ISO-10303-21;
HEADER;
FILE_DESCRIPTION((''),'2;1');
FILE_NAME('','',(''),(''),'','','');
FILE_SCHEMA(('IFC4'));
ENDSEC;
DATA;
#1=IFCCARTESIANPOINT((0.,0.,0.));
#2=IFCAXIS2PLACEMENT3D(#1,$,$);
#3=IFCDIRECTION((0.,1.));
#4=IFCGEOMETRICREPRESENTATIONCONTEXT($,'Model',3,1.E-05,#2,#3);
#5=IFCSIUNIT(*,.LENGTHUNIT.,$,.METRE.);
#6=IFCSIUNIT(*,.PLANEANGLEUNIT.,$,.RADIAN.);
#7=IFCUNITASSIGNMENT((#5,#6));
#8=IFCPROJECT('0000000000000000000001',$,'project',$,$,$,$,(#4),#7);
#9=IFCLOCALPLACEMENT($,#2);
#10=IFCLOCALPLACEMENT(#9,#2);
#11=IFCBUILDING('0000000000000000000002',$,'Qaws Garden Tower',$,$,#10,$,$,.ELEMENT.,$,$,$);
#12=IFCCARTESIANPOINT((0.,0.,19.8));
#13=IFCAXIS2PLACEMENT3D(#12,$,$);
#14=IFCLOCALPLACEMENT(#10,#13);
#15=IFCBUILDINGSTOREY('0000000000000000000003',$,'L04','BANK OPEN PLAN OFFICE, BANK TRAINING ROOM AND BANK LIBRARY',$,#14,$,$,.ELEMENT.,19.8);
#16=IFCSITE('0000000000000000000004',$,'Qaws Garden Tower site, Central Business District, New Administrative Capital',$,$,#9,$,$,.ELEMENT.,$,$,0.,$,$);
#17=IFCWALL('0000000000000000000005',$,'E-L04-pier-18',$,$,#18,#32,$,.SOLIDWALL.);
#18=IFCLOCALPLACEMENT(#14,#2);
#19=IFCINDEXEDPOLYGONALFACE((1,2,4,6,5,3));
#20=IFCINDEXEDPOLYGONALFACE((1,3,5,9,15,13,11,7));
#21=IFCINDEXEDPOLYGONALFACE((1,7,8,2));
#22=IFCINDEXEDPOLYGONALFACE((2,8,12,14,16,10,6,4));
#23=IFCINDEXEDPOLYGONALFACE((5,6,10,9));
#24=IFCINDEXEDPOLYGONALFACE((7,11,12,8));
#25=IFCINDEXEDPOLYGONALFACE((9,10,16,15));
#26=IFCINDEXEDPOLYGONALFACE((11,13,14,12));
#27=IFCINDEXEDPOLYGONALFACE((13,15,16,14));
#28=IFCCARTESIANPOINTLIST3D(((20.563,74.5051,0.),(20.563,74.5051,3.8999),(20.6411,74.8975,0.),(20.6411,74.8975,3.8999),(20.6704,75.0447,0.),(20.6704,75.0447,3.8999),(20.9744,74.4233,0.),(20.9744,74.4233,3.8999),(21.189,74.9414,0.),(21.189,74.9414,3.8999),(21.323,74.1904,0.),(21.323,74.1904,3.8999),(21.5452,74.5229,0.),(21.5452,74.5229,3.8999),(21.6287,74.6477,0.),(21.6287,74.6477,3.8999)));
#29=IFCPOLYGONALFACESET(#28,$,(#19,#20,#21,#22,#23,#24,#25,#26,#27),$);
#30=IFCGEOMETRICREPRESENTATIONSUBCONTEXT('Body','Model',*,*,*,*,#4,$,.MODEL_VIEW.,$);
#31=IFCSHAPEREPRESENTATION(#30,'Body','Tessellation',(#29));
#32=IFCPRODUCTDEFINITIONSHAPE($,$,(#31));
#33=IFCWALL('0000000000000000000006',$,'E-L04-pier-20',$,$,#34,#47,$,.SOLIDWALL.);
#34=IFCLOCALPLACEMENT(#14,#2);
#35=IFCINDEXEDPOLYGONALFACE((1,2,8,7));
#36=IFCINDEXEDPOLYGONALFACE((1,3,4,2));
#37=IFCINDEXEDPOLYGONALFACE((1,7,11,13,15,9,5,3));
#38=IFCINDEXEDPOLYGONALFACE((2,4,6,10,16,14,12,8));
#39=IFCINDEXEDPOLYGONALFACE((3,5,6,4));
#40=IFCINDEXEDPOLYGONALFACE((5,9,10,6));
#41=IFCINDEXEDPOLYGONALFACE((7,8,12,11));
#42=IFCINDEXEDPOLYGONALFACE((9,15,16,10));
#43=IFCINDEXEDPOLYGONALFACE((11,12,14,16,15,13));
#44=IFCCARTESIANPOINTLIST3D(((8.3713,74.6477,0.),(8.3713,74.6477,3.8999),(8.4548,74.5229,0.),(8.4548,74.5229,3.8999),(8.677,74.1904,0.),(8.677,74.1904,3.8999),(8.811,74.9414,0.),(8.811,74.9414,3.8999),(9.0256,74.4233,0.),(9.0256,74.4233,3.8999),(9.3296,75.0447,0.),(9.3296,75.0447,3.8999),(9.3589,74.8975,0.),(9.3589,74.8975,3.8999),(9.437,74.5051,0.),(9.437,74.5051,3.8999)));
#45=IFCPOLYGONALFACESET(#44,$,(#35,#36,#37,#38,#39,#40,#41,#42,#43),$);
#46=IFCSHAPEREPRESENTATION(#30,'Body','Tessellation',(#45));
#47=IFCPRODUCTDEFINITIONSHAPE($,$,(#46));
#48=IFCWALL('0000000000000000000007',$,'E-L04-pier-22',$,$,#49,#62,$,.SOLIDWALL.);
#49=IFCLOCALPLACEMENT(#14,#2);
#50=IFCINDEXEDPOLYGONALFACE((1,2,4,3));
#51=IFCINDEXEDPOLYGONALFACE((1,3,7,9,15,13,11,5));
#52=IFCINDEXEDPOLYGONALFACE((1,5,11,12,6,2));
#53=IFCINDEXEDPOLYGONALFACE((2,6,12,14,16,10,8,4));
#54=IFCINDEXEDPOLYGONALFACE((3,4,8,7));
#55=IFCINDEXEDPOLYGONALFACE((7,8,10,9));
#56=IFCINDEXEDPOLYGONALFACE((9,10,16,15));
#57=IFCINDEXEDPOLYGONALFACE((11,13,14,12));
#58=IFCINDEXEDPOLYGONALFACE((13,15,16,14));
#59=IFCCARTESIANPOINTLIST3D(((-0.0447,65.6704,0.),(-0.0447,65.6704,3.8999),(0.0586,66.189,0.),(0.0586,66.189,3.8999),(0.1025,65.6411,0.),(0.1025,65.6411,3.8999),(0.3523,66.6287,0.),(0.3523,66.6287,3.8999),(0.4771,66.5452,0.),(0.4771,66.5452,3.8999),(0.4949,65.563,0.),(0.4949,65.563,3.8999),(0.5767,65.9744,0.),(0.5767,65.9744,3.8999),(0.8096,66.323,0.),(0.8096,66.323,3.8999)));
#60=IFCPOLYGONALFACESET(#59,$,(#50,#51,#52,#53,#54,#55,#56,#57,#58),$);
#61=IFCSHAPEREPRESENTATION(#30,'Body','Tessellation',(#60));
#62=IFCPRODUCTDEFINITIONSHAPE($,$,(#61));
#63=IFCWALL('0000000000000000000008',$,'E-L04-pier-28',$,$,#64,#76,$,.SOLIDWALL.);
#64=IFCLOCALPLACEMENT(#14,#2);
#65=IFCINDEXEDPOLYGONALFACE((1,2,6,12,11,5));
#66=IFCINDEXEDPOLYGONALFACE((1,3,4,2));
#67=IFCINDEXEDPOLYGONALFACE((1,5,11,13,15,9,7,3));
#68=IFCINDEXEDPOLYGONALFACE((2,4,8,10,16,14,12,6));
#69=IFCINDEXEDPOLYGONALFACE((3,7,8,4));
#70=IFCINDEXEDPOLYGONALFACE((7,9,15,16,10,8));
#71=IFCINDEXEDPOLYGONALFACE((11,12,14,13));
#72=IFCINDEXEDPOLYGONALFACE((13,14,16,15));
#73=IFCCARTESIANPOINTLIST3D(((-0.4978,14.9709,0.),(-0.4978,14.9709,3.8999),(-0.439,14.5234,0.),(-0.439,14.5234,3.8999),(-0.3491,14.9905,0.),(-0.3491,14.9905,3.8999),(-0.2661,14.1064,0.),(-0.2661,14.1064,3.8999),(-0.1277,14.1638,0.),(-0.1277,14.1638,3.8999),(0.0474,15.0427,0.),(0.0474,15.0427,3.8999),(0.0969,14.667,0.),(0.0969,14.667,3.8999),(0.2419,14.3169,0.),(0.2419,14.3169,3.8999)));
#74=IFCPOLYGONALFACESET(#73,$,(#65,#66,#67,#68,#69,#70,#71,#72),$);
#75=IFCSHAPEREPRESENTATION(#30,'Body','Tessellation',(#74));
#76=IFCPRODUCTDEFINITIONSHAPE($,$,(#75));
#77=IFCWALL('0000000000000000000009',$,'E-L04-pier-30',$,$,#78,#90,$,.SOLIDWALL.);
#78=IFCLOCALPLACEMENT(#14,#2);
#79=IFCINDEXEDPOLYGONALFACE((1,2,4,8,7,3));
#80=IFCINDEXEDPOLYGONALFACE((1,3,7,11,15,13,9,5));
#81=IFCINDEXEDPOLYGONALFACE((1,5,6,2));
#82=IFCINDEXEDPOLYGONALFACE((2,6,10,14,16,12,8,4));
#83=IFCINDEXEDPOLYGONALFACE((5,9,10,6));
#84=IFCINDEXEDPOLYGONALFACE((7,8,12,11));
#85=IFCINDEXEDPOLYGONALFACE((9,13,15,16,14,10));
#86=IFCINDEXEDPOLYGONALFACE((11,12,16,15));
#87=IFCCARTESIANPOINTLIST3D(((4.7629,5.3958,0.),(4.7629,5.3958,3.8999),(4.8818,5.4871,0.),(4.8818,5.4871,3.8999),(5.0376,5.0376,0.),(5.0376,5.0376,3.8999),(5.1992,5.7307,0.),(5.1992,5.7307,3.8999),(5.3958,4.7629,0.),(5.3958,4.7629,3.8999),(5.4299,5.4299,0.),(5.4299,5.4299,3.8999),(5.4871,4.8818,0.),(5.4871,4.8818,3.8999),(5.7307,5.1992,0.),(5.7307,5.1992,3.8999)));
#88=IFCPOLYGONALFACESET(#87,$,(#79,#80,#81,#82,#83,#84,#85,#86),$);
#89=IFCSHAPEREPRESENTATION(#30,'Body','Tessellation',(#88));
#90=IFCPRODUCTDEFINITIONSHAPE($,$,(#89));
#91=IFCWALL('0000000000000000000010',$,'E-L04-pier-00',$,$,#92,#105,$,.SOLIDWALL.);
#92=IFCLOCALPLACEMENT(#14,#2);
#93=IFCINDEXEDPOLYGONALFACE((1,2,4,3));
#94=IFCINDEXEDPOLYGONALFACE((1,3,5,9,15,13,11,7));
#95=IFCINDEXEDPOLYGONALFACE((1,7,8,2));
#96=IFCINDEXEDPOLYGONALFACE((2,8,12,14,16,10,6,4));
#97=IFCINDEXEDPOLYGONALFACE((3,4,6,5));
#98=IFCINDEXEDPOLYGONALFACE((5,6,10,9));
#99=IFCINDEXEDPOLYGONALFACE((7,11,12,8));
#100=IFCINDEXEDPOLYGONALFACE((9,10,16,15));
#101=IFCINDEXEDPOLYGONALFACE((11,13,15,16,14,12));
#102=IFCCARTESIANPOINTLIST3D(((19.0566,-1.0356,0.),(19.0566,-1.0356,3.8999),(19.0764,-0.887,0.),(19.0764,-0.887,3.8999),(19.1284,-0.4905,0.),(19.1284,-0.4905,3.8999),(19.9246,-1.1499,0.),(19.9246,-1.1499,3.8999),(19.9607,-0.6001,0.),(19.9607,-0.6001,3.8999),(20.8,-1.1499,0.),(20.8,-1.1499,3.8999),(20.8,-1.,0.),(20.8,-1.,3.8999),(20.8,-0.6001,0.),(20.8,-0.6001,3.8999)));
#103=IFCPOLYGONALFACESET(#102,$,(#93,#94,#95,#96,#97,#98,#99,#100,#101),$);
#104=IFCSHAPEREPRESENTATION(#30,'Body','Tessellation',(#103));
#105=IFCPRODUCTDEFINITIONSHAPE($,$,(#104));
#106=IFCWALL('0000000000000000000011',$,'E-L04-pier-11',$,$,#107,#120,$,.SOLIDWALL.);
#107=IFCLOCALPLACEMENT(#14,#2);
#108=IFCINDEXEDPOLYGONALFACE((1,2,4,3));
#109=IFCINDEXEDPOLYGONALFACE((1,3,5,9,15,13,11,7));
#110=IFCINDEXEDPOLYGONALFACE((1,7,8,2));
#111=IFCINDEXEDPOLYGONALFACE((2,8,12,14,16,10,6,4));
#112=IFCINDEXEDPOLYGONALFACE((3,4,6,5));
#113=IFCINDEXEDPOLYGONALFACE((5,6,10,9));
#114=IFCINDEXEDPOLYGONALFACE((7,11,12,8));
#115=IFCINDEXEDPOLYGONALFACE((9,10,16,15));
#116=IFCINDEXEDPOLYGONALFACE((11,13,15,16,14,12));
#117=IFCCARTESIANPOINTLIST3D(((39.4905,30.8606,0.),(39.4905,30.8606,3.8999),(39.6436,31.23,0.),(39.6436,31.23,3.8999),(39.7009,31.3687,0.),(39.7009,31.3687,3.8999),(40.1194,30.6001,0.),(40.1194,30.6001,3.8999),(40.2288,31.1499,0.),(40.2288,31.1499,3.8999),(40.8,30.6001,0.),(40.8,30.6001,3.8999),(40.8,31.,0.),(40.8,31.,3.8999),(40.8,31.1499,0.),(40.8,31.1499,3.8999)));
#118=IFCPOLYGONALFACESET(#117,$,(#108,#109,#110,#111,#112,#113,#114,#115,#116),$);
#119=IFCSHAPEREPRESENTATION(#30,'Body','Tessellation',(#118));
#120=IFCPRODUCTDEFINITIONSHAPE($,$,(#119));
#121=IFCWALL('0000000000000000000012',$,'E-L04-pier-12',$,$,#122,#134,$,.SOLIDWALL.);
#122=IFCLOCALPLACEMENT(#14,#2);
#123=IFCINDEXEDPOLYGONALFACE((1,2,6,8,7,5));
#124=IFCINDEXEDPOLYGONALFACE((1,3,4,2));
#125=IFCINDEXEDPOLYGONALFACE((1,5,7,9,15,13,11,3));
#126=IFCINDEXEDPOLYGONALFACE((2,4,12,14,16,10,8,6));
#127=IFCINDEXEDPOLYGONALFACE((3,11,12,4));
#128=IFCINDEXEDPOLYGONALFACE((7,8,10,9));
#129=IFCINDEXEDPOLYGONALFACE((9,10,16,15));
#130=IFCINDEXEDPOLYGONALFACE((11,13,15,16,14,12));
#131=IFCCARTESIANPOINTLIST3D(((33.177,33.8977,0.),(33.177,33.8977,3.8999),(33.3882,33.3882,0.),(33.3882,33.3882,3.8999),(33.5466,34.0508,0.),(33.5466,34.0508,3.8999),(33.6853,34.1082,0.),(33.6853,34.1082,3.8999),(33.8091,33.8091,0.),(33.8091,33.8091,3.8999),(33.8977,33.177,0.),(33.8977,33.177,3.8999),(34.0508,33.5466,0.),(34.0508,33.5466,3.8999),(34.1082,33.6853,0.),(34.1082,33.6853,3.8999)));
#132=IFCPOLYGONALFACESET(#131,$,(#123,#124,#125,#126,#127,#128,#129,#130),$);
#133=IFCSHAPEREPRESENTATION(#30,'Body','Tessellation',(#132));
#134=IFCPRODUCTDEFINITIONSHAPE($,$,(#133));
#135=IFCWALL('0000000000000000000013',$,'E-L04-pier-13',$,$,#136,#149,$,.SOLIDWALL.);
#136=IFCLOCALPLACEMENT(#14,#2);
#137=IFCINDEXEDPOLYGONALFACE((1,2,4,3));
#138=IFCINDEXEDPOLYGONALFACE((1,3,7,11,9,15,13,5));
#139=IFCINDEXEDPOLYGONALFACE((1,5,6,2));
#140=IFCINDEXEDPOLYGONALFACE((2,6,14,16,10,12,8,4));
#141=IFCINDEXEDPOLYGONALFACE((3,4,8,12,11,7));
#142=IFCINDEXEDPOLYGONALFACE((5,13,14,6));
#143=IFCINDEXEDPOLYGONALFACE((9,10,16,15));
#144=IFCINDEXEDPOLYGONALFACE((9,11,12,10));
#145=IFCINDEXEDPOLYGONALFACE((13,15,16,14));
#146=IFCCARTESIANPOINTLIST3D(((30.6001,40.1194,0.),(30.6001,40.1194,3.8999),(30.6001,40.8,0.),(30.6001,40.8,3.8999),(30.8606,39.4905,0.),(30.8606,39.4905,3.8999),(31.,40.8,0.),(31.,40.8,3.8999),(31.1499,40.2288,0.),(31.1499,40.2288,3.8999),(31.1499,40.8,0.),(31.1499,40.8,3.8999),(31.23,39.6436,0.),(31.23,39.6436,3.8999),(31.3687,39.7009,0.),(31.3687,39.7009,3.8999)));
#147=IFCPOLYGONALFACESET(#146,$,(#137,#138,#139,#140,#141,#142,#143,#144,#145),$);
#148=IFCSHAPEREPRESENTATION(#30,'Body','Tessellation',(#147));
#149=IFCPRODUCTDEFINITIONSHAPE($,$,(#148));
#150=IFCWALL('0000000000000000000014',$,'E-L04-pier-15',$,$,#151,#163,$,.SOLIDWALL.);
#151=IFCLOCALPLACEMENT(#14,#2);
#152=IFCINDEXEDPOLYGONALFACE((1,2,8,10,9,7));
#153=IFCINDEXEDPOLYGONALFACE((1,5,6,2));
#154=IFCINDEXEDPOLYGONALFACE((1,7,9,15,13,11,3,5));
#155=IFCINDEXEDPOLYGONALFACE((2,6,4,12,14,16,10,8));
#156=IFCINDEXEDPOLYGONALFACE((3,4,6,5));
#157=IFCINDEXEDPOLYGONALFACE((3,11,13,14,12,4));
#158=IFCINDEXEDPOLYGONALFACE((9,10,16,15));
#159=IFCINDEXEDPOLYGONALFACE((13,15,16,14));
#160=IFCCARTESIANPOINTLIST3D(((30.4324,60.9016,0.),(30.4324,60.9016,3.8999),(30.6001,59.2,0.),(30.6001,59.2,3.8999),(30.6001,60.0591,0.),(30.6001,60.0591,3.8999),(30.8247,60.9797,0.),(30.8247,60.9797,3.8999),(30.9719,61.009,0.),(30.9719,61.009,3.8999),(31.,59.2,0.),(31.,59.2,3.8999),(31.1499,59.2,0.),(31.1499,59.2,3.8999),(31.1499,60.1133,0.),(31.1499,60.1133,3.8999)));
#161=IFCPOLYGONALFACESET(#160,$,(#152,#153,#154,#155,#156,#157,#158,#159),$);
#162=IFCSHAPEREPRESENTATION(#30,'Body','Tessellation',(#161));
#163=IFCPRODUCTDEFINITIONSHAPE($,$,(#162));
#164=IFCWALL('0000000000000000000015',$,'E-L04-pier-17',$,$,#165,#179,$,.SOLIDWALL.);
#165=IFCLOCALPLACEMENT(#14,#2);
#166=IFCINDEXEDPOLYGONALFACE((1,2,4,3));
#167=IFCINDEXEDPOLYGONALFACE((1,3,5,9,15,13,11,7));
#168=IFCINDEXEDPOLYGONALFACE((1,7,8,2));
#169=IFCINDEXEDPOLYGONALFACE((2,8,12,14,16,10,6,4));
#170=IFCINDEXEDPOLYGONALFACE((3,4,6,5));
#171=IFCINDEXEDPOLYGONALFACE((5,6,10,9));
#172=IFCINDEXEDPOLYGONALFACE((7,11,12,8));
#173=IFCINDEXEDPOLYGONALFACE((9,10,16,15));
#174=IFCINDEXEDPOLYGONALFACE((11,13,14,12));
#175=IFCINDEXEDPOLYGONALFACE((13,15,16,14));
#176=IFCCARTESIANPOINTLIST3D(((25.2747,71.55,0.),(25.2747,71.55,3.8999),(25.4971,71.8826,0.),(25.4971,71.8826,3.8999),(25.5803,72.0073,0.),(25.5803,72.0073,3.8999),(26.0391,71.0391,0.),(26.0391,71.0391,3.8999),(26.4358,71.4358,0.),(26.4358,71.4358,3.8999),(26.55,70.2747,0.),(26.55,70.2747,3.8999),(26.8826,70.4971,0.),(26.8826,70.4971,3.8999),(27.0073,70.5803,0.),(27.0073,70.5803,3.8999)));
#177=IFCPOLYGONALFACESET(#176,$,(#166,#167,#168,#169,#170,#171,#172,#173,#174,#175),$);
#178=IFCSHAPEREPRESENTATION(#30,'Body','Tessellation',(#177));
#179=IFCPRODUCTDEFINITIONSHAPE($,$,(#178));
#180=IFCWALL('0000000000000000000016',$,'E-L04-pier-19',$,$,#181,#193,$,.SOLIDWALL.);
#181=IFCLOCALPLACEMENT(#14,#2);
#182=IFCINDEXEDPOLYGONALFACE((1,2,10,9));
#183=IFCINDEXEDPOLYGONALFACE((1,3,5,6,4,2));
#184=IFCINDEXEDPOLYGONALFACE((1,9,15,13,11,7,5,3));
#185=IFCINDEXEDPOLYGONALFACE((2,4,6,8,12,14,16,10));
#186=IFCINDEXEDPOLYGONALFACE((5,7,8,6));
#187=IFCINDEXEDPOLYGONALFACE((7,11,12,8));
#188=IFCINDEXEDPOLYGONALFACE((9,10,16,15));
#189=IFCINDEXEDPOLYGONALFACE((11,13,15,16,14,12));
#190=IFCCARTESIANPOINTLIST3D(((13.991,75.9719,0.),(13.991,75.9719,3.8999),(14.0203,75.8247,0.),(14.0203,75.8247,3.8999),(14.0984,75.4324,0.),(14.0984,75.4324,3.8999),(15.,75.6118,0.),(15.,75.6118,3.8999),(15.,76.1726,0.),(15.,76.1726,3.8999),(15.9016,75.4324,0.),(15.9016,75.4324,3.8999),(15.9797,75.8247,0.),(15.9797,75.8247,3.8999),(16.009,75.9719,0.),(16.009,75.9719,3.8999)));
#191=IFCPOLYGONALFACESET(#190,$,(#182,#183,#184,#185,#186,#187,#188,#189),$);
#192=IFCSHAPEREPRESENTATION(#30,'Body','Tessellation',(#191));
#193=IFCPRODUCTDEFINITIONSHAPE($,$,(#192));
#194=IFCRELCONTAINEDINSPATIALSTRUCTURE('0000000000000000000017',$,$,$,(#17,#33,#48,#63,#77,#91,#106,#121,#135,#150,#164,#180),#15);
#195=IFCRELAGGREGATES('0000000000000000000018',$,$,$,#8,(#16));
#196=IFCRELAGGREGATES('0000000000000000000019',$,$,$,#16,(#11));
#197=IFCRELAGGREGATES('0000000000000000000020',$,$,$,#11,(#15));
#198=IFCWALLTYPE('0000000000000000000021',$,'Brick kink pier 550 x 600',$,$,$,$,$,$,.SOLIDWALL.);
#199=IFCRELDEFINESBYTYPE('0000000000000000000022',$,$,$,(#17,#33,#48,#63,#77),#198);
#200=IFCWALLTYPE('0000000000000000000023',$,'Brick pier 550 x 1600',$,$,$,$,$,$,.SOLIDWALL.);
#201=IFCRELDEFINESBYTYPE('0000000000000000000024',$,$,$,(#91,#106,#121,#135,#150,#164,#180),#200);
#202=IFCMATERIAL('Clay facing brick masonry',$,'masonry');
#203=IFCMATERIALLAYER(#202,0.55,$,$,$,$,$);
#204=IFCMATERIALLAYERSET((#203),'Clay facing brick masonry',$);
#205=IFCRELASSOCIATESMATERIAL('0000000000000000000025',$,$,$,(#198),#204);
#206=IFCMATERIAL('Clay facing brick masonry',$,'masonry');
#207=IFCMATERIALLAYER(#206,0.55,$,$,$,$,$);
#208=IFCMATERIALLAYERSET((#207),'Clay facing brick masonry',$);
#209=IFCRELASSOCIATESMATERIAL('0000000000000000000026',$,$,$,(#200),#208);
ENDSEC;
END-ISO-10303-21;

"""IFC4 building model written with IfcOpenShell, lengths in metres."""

from ifc_helpers import new_model, si_unit, direction, frame, origin, place, context, subcontext, project, spatial, polyline, outline, extrude, material, layer, layer_set, type_object, element, save


model = new_model("IFC4")

# Units and contexts
model_context = context("Model", 3, precision=1e-05, world=origin(), true_north=direction((0.0, 1.0)))
body_context = subcontext(model_context, "Body", "Model", "MODEL_VIEW")
ifc_project = project(units=[si_unit("LENGTHUNIT", "METRE"), si_unit("PLANEANGLEUNIT", "RADIAN")], contexts=[model_context])

# Site, building, storey
site_placement = place(None, origin())
site = spatial("IfcSite", under=ifc_project, at=site_placement, Name="Qaws Garden Tower site, Central Business District, New Administrative Capital", CompositionType="ELEMENT", RefElevation=0.0)
building_placement = place(site_placement, origin())
building = spatial("IfcBuilding", under=site, at=building_placement, Name="Qaws Garden Tower", CompositionType="ELEMENT")
storey_placement = place(building_placement, frame((0.0, 0.0, 19.8)))
storey = spatial("IfcBuildingStorey", under=building, at=storey_placement, Name="L04", Description="BANK OPEN PLAN OFFICE, BANK TRAINING ROOM AND BANK LIBRARY", CompositionType="ELEMENT", Elevation=19.8)

# Walls
placement = place(storey_placement, origin())
ifc_material_1 = material(Name="Clay facing brick masonry", Category="masonry")
ifc_layer_1 = layer(ifc_material_1, 0.55)
ifc_layer_set_1 = layer_set([ifc_layer_1], Name="Clay facing brick masonry")
wall_type_1 = type_object("IfcWallType", Name="Brick kink pier 550 x 600", PredefinedType="SOLIDWALL", material=ifc_layer_set_1)
element("IfcWall", 1, at=placement, inside=storey, type_object=wall_type_1, Name="E-L04-pier-18", PredefinedType="SOLIDWALL", context=body_context, shape_type="SweptSolid", body=[
    extrude(outline(polyline([(21.5452, 74.5229), (21.6287, 74.6477), (21.189, 74.9414), (20.6704, 75.0447), (20.6411, 74.8975), (20.563, 74.5051), (20.9744, 74.4233), (21.323, 74.1904), (21.5452, 74.5229)])), origin(), (0.0, 0.0, 1.0), 3.8999),
])
element("IfcWall", 2, at=placement, inside=storey, type_object=wall_type_1, Name="E-L04-pier-20", PredefinedType="SOLIDWALL", context=body_context, shape_type="SweptSolid", body=[
    extrude(outline(polyline([(9.3589, 74.8975), (9.3296, 75.0447), (8.811, 74.9414), (8.3713, 74.6477), (8.4548, 74.5229), (8.677, 74.1904), (9.0256, 74.4233), (9.437, 74.5051), (9.3589, 74.8975)])), origin(), (0.0, 0.0, 1.0), 3.8999),
])
element("IfcWall", 3, at=placement, inside=storey, type_object=wall_type_1, Name="E-L04-pier-22", PredefinedType="SOLIDWALL", context=body_context, shape_type="SweptSolid", body=[
    extrude(outline(polyline([(0.4771, 66.5452), (0.3523, 66.6287), (0.0586, 66.189), (-0.0447, 65.6704), (0.1025, 65.6411), (0.4949, 65.563), (0.5767, 65.9744), (0.8096, 66.323), (0.4771, 66.5452)])), origin(), (0.0, 0.0, 1.0), 3.8999),
])
element("IfcWall", 4, at=placement, inside=storey, type_object=wall_type_1, Name="E-L04-pier-28", PredefinedType="SOLIDWALL", context=body_context, shape_type="SweptSolid", body=[
    extrude(outline(polyline([(-0.3491, 14.9905), (-0.4978, 14.9709), (-0.439, 14.5234), (-0.2661, 14.1064), (-0.1277, 14.1638), (0.2419, 14.3169), (0.0969, 14.667), (0.0474, 15.0427), (-0.3491, 14.9905)])), origin(), (0.0, 0.0, 1.0), 3.8999),
])
element("IfcWall", 5, at=placement, inside=storey, type_object=wall_type_1, Name="E-L04-pier-30", PredefinedType="SOLIDWALL", context=body_context, shape_type="SweptSolid", body=[
    extrude(outline(polyline([(4.8818, 5.4871), (4.7629, 5.3958), (5.0376, 5.0376), (5.3958, 4.7629), (5.4871, 4.8818), (5.7307, 5.1992), (5.4299, 5.4299), (5.1992, 5.7307), (4.8818, 5.4871)])), origin(), (0.0, 0.0, 1.0), 3.8999),
])
ifc_material_2 = material(Name="Clay facing brick masonry", Category="masonry")
ifc_layer_2 = layer(ifc_material_2, 0.55)
ifc_layer_set_2 = layer_set([ifc_layer_2], Name="Clay facing brick masonry")
wall_type_2 = type_object("IfcWallType", Name="Brick pier 550 x 1600", PredefinedType="SOLIDWALL", material=ifc_layer_set_2)
element("IfcWall", 6, at=placement, inside=storey, type_object=wall_type_2, Name="E-L04-pier-00", PredefinedType="SOLIDWALL", context=body_context, shape_type="SweptSolid", body=[
    extrude(outline(polyline([(19.0764, -0.887), (19.0566, -1.0356), (19.9246, -1.1499), (20.8, -1.1499), (20.8, -1.0), (20.8, -0.6001), (19.9607, -0.6001), (19.1284, -0.4905), (19.0764, -0.887)])), origin(), (0.0, 0.0, 1.0), 3.8999),
])
element("IfcWall", 7, at=placement, inside=storey, type_object=wall_type_2, Name="E-L04-pier-11", PredefinedType="SOLIDWALL", context=body_context, shape_type="SweptSolid", body=[
    extrude(outline(polyline([(40.8, 31.0), (40.8, 31.1499), (40.2288, 31.1499), (39.7009, 31.3687), (39.6436, 31.23), (39.4905, 30.8606), (40.1194, 30.6001), (40.8, 30.6001), (40.8, 31.0)])), origin(), (0.0, 0.0, 1.0), 3.8999),
])
element("IfcWall", 8, at=placement, inside=storey, type_object=wall_type_2, Name="E-L04-pier-12", PredefinedType="SOLIDWALL", context=body_context, shape_type="SweptSolid", body=[
    extrude(outline(polyline([(34.0508, 33.5466), (34.1082, 33.6853), (33.8091, 33.8091), (33.6853, 34.1082), (33.5466, 34.0508), (33.177, 33.8977), (33.3882, 33.3882), (33.8977, 33.177), (34.0508, 33.5466)])), origin(), (0.0, 0.0, 1.0), 3.8999),
])
element("IfcWall", 9, at=placement, inside=storey, type_object=wall_type_2, Name="E-L04-pier-13", PredefinedType="SOLIDWALL", context=body_context, shape_type="SweptSolid", body=[
    extrude(outline(polyline([(31.23, 39.6436), (31.3687, 39.7009), (31.1499, 40.2288), (31.1499, 40.8), (31.0, 40.8), (30.6001, 40.8), (30.6001, 40.1194), (30.8606, 39.4905), (31.23, 39.6436)])), origin(), (0.0, 0.0, 1.0), 3.8999),
])
element("IfcWall", 10, at=placement, inside=storey, type_object=wall_type_2, Name="E-L04-pier-15", PredefinedType="SOLIDWALL", context=body_context, shape_type="SweptSolid", body=[
    extrude(outline(polyline([(31.0, 59.2), (31.1499, 59.2), (31.1499, 60.1133), (30.9719, 61.009), (30.8247, 60.9797), (30.4324, 60.9016), (30.6001, 60.0591), (30.6001, 59.2), (31.0, 59.2)])), origin(), (0.0, 0.0, 1.0), 3.8999),
])
element("IfcWall", 11, at=placement, inside=storey, type_object=wall_type_2, Name="E-L04-pier-17", PredefinedType="SOLIDWALL", context=body_context, shape_type="SweptSolid", body=[
    extrude(outline(polyline([(26.8826, 70.4971), (27.0073, 70.5803), (26.4358, 71.4358), (25.5803, 72.0073), (25.4971, 71.8826), (25.2747, 71.55), (26.0391, 71.0391), (26.55, 70.2747), (26.8826, 70.4971)])), origin(), (0.0, 0.0, 1.0), 3.8999),
])
element("IfcWall", 12, at=placement, inside=storey, type_object=wall_type_2, Name="E-L04-pier-19", PredefinedType="SOLIDWALL", context=body_context, shape_type="SweptSolid", body=[
    extrude(outline(polyline([(15.9797, 75.8247), (16.009, 75.9719), (15.0, 76.1726), (13.991, 75.9719), (14.0203, 75.8247), (14.0984, 75.4324), (15.0, 75.6118), (15.9016, 75.4324), (15.9797, 75.8247)])), origin(), (0.0, 0.0, 1.0), 3.8999),
])

save(model, "model.ifc")
